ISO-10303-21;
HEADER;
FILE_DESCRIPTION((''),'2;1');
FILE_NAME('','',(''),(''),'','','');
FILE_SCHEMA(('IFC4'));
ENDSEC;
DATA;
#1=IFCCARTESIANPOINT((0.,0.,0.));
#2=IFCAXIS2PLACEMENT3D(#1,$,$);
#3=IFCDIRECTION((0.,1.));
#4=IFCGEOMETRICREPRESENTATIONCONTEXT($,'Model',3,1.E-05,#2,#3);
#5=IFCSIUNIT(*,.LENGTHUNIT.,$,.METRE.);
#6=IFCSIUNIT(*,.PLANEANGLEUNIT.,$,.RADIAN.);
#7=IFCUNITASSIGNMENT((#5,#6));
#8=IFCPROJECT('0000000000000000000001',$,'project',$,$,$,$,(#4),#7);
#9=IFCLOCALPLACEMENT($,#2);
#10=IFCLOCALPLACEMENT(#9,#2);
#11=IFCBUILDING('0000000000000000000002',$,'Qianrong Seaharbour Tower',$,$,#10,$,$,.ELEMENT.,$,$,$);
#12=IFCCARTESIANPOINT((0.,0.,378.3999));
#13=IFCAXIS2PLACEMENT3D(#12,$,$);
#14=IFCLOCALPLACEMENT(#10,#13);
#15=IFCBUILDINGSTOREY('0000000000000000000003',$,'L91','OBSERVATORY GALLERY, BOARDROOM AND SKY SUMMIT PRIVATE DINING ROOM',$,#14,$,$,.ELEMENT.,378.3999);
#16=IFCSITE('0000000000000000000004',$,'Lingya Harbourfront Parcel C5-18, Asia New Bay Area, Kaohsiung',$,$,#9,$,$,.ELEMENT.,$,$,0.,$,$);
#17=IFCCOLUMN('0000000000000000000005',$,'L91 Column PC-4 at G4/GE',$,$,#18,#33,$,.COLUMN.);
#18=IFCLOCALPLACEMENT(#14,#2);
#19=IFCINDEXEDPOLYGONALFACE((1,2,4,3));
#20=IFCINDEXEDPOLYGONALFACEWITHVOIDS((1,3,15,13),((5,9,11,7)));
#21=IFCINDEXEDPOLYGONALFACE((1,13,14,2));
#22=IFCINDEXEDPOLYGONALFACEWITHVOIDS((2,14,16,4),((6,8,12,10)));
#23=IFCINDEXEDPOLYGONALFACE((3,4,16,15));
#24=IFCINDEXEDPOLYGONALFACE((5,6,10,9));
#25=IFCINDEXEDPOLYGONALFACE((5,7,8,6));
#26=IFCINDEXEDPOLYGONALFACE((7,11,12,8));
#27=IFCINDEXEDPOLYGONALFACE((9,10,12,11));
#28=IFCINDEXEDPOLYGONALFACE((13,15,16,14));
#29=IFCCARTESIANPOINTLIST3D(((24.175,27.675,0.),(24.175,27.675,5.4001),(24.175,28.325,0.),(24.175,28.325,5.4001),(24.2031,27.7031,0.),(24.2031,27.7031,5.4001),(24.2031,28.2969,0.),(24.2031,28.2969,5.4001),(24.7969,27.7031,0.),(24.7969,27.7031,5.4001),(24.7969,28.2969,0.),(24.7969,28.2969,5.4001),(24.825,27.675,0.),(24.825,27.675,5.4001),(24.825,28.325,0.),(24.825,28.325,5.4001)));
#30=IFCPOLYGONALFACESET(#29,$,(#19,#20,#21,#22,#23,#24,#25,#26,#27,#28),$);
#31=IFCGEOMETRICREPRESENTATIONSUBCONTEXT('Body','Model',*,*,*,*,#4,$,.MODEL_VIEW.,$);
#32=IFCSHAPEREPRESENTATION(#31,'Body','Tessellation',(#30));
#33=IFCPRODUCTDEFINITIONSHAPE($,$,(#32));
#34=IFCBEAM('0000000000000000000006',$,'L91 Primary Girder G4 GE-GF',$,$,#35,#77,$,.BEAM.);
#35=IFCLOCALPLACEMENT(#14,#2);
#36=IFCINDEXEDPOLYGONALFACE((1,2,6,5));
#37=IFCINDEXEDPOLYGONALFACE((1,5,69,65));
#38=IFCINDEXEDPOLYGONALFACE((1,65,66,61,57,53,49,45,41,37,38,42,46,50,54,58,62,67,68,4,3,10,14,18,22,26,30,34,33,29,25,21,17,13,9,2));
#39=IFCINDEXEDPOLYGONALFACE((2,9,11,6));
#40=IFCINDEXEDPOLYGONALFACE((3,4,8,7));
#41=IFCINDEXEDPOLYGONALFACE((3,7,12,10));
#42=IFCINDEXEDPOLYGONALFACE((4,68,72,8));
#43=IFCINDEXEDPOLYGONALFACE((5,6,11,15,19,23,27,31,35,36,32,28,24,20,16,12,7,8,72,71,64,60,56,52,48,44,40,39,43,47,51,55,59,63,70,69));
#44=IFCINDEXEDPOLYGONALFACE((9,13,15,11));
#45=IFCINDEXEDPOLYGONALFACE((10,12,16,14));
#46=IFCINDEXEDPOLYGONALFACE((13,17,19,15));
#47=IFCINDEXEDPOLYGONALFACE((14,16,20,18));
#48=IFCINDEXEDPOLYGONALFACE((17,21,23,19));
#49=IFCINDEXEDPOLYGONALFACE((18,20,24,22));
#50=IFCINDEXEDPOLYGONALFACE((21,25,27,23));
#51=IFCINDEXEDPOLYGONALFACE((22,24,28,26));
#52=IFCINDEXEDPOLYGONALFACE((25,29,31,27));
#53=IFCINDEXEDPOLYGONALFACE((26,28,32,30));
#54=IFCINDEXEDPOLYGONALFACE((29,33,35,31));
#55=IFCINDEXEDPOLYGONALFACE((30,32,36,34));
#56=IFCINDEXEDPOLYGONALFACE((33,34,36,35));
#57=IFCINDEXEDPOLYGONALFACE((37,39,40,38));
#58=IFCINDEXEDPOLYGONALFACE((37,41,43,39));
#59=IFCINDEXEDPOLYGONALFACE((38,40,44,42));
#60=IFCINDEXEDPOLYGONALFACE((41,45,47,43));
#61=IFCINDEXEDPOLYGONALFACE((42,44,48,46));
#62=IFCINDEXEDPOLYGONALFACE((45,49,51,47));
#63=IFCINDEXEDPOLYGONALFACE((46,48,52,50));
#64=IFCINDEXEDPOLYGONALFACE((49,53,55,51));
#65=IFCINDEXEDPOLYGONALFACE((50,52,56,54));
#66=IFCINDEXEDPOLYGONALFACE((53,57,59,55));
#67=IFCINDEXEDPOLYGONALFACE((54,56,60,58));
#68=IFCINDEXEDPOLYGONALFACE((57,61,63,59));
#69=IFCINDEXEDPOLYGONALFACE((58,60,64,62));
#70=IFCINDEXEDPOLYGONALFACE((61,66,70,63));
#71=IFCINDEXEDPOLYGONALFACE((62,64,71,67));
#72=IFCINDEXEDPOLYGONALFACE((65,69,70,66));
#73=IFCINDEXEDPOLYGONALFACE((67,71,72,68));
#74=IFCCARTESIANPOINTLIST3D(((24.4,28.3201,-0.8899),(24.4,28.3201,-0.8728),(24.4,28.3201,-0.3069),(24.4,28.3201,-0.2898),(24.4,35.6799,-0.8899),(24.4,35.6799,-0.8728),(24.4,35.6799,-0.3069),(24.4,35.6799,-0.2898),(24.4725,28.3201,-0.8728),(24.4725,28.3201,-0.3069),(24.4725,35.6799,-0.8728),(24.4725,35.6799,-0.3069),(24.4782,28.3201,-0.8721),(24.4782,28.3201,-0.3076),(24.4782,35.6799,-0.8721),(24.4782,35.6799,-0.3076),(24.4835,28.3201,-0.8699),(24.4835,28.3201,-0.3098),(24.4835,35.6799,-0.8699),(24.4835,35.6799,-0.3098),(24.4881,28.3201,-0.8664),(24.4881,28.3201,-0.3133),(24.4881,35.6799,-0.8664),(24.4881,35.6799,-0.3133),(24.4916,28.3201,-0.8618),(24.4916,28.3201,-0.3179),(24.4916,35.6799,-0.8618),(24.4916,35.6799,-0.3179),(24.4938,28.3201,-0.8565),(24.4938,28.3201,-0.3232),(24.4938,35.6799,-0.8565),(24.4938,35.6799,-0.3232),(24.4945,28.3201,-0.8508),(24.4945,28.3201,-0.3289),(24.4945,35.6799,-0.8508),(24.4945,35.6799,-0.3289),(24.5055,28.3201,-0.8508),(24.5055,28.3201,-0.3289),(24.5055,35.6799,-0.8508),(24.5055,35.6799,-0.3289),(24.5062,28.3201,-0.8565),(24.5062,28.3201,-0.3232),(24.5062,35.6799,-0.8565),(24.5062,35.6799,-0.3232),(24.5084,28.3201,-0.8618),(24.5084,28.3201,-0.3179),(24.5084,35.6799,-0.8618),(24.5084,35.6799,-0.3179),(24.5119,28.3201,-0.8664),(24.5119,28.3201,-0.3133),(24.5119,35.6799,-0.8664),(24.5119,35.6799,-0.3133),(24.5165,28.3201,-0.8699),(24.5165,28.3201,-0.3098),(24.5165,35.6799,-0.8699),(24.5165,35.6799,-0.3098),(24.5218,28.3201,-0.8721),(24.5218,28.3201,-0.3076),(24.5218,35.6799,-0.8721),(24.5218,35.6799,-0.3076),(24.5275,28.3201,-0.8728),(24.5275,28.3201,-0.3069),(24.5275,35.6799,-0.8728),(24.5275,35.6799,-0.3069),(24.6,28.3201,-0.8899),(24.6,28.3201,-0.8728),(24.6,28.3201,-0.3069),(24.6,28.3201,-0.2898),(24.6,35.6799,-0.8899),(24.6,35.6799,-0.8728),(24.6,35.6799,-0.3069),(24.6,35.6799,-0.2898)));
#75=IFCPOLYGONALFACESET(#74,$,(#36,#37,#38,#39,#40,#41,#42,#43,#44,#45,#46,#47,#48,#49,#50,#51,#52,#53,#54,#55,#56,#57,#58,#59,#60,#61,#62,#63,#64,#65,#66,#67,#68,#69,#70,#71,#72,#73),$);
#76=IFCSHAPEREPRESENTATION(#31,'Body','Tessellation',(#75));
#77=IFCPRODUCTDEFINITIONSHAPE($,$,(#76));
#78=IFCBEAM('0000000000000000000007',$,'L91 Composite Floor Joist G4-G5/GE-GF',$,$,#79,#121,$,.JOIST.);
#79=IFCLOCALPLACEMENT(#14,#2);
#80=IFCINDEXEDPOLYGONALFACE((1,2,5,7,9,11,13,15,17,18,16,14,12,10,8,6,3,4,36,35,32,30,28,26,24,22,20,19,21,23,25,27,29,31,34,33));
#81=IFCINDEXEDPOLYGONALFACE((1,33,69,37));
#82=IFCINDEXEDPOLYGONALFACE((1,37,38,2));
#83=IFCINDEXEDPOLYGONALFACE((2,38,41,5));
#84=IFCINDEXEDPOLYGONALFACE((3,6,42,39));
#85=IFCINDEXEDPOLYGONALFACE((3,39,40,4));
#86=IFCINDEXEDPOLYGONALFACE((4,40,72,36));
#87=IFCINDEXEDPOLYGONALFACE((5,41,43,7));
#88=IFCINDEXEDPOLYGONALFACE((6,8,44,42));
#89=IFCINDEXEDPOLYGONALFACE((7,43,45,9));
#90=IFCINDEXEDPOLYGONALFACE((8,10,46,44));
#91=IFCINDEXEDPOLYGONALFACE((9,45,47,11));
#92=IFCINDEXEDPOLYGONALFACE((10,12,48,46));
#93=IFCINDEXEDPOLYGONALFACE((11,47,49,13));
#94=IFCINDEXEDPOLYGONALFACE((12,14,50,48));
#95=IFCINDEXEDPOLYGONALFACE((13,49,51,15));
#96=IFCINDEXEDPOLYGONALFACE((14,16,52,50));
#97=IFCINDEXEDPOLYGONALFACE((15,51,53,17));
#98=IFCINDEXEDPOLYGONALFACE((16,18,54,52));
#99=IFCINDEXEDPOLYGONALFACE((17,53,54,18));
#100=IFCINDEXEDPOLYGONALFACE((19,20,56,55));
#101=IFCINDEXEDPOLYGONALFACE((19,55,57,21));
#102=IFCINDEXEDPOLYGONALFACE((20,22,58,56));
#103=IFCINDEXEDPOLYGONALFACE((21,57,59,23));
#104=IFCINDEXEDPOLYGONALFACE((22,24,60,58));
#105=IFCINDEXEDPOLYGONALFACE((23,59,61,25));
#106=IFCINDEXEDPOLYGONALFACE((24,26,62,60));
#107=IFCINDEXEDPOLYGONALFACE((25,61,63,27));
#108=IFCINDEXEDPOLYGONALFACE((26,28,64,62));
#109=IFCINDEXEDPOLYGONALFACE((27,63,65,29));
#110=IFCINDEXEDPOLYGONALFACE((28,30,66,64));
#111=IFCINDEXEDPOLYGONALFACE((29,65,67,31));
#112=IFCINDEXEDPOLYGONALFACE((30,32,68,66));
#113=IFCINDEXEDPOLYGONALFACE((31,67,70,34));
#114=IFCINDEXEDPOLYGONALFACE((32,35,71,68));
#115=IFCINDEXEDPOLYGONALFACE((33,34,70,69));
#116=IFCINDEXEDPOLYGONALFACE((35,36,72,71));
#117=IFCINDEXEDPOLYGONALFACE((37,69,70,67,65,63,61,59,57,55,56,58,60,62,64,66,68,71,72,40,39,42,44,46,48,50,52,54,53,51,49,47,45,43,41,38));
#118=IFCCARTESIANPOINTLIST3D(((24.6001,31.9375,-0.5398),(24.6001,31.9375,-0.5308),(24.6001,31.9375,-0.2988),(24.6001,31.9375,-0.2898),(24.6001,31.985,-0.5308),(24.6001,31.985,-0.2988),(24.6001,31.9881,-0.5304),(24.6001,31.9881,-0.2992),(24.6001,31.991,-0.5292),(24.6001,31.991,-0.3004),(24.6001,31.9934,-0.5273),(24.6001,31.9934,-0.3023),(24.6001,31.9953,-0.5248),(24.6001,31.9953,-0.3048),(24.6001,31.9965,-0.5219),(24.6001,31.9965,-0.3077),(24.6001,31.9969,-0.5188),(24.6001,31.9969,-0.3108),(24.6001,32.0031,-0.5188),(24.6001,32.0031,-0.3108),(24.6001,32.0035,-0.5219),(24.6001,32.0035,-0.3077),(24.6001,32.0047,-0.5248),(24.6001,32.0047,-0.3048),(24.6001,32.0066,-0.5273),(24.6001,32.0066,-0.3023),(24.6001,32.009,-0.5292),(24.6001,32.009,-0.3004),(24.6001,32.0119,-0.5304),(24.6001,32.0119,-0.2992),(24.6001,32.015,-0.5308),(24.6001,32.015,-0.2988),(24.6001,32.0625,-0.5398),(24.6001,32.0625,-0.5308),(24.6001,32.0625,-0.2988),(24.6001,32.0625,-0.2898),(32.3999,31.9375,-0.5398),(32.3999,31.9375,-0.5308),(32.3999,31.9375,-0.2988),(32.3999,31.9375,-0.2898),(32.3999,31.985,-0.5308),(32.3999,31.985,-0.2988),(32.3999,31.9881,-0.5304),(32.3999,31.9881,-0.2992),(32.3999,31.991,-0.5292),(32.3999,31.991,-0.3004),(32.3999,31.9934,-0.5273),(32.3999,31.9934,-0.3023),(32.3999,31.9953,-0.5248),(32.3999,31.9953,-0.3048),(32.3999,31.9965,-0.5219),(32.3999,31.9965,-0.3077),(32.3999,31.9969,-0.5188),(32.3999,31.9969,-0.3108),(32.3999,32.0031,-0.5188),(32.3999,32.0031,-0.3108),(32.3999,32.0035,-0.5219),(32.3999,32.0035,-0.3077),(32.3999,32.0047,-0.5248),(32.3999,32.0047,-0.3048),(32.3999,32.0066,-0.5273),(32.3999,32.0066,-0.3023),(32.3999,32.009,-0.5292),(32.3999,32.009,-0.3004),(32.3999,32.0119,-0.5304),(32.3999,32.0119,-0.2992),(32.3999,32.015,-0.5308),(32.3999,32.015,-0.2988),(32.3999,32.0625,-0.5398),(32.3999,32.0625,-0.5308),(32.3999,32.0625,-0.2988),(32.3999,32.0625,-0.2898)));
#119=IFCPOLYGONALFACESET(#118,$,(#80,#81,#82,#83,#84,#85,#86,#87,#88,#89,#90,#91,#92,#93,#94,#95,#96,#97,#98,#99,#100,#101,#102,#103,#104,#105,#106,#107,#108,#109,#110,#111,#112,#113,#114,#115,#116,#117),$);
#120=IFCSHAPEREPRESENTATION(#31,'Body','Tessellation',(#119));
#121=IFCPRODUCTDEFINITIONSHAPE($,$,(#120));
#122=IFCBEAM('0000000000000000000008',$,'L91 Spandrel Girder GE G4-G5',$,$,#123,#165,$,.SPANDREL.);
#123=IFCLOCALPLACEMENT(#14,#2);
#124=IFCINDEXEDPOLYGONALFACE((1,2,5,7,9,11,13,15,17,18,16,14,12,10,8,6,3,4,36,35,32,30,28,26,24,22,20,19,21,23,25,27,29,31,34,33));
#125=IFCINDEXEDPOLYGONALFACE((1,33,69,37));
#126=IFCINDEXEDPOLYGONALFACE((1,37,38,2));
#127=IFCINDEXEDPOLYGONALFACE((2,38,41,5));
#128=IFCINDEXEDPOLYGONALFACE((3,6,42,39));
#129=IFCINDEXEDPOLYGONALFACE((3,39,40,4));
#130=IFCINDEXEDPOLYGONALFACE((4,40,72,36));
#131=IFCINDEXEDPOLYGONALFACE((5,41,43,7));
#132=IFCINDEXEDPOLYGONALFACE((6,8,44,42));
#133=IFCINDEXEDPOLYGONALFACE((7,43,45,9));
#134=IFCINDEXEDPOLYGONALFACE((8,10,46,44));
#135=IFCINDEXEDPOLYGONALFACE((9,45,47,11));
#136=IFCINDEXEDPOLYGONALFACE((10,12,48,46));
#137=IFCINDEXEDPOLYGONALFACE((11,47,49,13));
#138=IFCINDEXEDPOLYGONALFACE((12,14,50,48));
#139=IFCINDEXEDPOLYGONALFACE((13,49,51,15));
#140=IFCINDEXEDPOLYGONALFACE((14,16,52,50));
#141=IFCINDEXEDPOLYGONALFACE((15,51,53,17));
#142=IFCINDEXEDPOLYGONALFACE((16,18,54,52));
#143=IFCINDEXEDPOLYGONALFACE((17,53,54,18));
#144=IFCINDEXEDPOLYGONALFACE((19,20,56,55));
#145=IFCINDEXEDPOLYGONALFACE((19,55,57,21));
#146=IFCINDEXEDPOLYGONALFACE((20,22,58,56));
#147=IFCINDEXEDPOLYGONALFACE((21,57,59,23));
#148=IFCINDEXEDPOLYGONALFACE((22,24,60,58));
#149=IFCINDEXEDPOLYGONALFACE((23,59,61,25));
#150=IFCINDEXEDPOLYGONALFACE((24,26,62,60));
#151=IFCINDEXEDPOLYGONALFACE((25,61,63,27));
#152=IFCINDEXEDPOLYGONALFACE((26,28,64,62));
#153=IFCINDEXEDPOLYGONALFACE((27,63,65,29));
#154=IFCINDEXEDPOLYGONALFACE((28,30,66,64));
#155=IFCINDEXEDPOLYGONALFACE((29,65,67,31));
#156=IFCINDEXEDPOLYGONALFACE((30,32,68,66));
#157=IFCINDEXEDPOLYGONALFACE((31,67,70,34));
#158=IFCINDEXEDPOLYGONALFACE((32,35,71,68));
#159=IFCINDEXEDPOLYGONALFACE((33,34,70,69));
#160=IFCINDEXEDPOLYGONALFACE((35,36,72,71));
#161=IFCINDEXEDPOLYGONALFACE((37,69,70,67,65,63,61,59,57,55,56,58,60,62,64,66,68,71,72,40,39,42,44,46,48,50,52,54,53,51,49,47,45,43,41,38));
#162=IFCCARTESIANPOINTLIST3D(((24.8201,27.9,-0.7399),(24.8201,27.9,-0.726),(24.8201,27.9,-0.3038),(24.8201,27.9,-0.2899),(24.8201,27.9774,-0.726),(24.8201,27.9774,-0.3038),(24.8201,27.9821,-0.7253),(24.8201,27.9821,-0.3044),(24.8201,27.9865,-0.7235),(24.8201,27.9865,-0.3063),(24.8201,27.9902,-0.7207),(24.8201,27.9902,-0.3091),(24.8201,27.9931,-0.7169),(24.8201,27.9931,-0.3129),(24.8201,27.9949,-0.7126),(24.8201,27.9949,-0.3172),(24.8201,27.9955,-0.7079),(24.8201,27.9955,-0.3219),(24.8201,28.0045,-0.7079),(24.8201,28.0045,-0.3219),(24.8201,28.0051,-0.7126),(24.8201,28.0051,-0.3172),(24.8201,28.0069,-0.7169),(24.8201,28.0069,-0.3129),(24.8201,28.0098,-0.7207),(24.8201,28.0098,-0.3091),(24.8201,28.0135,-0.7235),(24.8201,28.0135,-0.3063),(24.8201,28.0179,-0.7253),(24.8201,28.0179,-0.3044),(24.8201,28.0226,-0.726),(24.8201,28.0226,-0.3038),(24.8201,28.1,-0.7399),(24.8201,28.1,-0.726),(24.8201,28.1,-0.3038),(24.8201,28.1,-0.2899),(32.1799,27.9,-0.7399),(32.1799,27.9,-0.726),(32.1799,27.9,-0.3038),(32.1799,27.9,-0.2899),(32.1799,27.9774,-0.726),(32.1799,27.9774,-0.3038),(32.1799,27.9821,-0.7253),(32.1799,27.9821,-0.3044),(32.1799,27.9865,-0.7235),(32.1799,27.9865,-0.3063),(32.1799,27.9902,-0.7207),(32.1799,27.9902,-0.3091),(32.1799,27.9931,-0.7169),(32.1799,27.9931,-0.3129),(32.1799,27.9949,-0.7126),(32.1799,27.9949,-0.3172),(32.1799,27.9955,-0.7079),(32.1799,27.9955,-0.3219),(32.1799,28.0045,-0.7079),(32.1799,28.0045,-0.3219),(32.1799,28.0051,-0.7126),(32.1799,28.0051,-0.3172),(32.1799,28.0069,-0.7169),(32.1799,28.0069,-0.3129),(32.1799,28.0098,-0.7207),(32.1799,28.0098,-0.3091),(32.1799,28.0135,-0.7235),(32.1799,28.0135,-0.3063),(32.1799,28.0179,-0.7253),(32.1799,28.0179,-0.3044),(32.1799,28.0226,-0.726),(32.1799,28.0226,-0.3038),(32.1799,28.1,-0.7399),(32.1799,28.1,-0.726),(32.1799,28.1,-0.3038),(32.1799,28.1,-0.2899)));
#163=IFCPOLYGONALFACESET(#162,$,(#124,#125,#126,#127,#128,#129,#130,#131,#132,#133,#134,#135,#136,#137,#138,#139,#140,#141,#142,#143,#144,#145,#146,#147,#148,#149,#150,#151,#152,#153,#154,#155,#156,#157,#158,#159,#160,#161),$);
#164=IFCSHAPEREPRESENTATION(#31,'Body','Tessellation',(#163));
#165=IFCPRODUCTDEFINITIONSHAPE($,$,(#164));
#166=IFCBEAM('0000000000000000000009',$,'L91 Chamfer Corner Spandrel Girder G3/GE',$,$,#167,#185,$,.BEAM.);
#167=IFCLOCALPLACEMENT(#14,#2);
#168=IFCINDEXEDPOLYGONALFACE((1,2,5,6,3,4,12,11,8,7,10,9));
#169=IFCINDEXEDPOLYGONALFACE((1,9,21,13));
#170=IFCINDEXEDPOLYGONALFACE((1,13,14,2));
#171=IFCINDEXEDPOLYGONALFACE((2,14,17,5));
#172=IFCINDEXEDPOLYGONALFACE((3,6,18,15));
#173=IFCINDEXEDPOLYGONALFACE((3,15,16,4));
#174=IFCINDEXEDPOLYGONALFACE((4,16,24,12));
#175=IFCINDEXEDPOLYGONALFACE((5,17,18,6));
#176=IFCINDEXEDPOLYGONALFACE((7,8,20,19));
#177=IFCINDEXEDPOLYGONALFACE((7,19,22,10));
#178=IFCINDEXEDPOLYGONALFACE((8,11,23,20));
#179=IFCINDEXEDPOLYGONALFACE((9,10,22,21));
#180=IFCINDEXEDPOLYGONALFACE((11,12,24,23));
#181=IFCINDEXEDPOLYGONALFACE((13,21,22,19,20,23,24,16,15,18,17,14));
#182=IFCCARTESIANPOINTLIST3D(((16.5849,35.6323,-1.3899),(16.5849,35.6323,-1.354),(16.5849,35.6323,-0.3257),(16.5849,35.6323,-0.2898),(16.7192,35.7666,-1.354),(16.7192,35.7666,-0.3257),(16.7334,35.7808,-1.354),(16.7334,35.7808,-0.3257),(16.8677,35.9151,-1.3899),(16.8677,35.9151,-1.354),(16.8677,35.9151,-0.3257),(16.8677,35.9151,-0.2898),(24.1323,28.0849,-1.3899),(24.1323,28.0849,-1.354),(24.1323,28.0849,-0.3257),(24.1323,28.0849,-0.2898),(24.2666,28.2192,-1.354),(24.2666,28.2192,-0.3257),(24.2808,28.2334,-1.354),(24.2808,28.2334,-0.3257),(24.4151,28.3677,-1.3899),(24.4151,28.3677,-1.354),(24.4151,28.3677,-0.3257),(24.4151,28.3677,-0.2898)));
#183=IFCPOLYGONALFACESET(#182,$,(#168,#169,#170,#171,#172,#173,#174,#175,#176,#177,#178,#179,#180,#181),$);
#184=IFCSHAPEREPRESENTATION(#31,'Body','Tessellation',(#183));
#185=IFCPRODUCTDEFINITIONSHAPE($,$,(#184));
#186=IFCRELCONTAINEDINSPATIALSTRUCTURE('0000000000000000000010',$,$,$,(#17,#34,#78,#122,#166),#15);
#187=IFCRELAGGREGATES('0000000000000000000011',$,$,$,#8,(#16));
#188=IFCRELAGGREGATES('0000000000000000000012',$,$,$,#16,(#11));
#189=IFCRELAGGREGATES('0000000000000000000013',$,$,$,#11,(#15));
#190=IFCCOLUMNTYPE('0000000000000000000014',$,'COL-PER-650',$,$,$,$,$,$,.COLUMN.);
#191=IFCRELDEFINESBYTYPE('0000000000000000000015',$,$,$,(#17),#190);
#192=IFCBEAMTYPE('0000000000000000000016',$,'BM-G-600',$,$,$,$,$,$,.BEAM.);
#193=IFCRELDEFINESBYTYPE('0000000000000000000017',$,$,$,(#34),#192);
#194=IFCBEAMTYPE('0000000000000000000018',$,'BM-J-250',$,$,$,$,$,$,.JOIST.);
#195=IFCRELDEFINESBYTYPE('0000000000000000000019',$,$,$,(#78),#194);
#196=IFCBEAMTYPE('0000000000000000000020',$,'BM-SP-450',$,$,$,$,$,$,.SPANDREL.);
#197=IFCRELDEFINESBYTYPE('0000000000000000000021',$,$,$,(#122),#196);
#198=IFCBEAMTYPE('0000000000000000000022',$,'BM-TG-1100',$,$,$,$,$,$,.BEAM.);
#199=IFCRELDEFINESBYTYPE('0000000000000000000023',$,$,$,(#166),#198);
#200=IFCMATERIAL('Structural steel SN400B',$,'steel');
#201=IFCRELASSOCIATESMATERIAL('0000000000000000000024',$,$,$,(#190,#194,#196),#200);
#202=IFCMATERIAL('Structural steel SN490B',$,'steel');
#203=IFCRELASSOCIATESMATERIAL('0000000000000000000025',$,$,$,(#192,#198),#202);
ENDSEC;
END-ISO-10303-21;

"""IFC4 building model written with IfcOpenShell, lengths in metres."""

from ifc_helpers import new_model, si_unit, direction, frame, origin, origin_2d, place, context, subcontext, project, spatial, hollow_rectangle, i_section, extrude, material, material_profile, profile_set, type_object, element, save


model = new_model("IFC4")

# Units and contexts
model_context = context("Model", 3, precision=1e-05, world=origin(), true_north=direction((0.0, 1.0)))
body_context = subcontext(model_context, "Body", "Model", "MODEL_VIEW")
ifc_project = project(units=[si_unit("LENGTHUNIT", "METRE"), si_unit("PLANEANGLEUNIT", "RADIAN")], contexts=[model_context])

# Site, building, storey
site_placement = place(None, origin())
site = spatial("IfcSite", under=ifc_project, at=site_placement, Name="Lingya Harbourfront Parcel C5-18, Asia New Bay Area, Kaohsiung", CompositionType="ELEMENT", RefElevation=0.0)
building_placement = place(site_placement, origin())
building = spatial("IfcBuilding", under=site, at=building_placement, Name="Qianrong Seaharbour Tower", CompositionType="ELEMENT")
storey_placement = place(building_placement, frame((0.0, 0.0, 378.3999)))
storey = spatial("IfcBuildingStorey", under=building, at=storey_placement, Name="L91", Description="OBSERVATORY GALLERY, BOARDROOM AND SKY SUMMIT PRIVATE DINING ROOM", CompositionType="ELEMENT", Elevation=378.3999)

# Column
ifc_material_1 = material(Name="Structural steel SN400B", Category="steel")
ifc_material_profile_1 = material_profile(ifc_material_1, hollow_rectangle(XDim=0.6499, YDim=0.6499, WallThickness=0.0281, at=origin_2d()), Name="BOX650x650x28")
ifc_profile_set_1 = profile_set([ifc_material_profile_1], Name="Structural steel SN400B")
column_type = type_object("IfcColumnType", Name="COL-PER-650", PredefinedType="COLUMN", material=ifc_profile_set_1)
column_placement = place(storey_placement, frame((24.5, 28.0, 0.0), z_axis=(0.0, 0.0, 1.0), x_axis=(1.0, 0.0, 0.0)))
element("IfcColumn", 1, at=column_placement, inside=storey, type_object=column_type, Name="L91 Column PC-4 at G4/GE", PredefinedType="COLUMN", context=body_context, shape_type="SweptSolid", body=[
    extrude(hollow_rectangle(XDim=0.6499, YDim=0.6499, WallThickness=0.0281, at=origin_2d()), origin(), (0.0, 0.0, 1.0), 5.4001),
])

# Beams
ifc_material_2 = material(Name="Structural steel SN490B", Category="steel")
ifc_material_profile_2 = material_profile(ifc_material_2, i_section(OverallWidth=0.2, OverallDepth=0.6001, WebThickness=0.011, FlangeThickness=0.0171, FilletRadius=0.022, at=origin_2d()), Name="H600x200x11x17")
ifc_profile_set_2 = profile_set([ifc_material_profile_2], Name="Structural steel SN490B")
beam_type_1 = type_object("IfcBeamType", Name="BM-G-600", PredefinedType="BEAM", material=ifc_profile_set_2)
beam_1_placement = place(storey_placement, frame((24.5, 28.3201, -0.5898), z_axis=(0.0, 1.0, 0.0), x_axis=(-1.0, 0.0, 0.0)))
element("IfcBeam", 2, at=beam_1_placement, inside=storey, type_object=beam_type_1, Name="L91 Primary Girder G4 GE-GF", PredefinedType="BEAM", context=body_context, shape_type="SweptSolid", body=[
    extrude(i_section(OverallWidth=0.2, OverallDepth=0.6001, WebThickness=0.011, FlangeThickness=0.0171, FilletRadius=0.022, at=origin_2d()), origin(), (0.0, 0.0, 1.0), 7.3599),
])
ifc_material_profile_3 = material_profile(ifc_material_1, i_section(OverallWidth=0.125, OverallDepth=0.25, WebThickness=0.0061, FlangeThickness=0.009, FilletRadius=0.012, at=origin_2d()), Name="H250x125x6x9")
ifc_profile_set_3 = profile_set([ifc_material_profile_3], Name="Structural steel SN400B")
beam_type_2 = type_object("IfcBeamType", Name="BM-J-250", PredefinedType="JOIST", material=ifc_profile_set_3)
beam_2_placement = place(storey_placement, frame((24.6001, 32.0, -0.4148), z_axis=(1.0, 0.0, 0.0), x_axis=(0.0, 1.0, 0.0)))
element("IfcBeam", 3, at=beam_2_placement, inside=storey, type_object=beam_type_2, Name="L91 Composite Floor Joist G4-G5/GE-GF", PredefinedType="JOIST", context=body_context, shape_type="SweptSolid", body=[
    extrude(i_section(OverallWidth=0.125, OverallDepth=0.25, WebThickness=0.0061, FlangeThickness=0.009, FilletRadius=0.012, at=origin_2d()), origin(), (0.0, 0.0, 1.0), 7.7998),
])
ifc_material_profile_4 = material_profile(ifc_material_1, i_section(OverallWidth=0.2, OverallDepth=0.45, WebThickness=0.009, FlangeThickness=0.0139, FilletRadius=0.0181, at=origin_2d()), Name="H450x200x9x14")
ifc_profile_set_4 = profile_set([ifc_material_profile_4], Name="Structural steel SN400B")
beam_type_3 = type_object("IfcBeamType", Name="BM-SP-450", PredefinedType="SPANDREL", material=ifc_profile_set_4)
beam_3_placement = place(storey_placement, frame((24.8201, 28.0, -0.5149), z_axis=(1.0, 0.0, 0.0), x_axis=(0.0, 1.0, 0.0)))
element("IfcBeam", 4, at=beam_3_placement, inside=storey, type_object=beam_type_3, Name="L91 Spandrel Girder GE G4-G5", PredefinedType="SPANDREL", context=body_context, shape_type="SweptSolid", body=[
    extrude(i_section(OverallWidth=0.2, OverallDepth=0.45, WebThickness=0.009, FlangeThickness=0.0139, FilletRadius=0.0181, at=origin_2d()), origin(), (0.0, 0.0, 1.0), 7.3599),
])
ifc_material_profile_5 = material_profile(ifc_material_2, i_section(OverallWidth=0.3999, OverallDepth=1.1001, WebThickness=0.02, FlangeThickness=0.0359, at=origin_2d()), Name="BH1100x400x20x36")
ifc_profile_set_5 = profile_set([ifc_material_profile_5], Name="Structural steel SN490B")
beam_type_4 = type_object("IfcBeamType", Name="BM-TG-1100", PredefinedType="BEAM", material=ifc_profile_set_5)
beam_4_placement = place(storey_placement, frame((24.2737, 28.2263, -0.8398), z_axis=(-0.707107, 0.707107, 0.0), x_axis=(-0.707107, -0.707107, 0.0)))
element("IfcBeam", 5, at=beam_4_placement, inside=storey, type_object=beam_type_4, Name="L91 Chamfer Corner Spandrel Girder G3/GE", PredefinedType="BEAM", context=body_context, shape_type="SweptSolid", body=[
    extrude(i_section(OverallWidth=0.3999, OverallDepth=1.1001, WebThickness=0.02, FlangeThickness=0.0359, at=origin_2d()), origin(), (0.0, 0.0, 1.0), 10.6736),
])

save(model, "model.ifc")
